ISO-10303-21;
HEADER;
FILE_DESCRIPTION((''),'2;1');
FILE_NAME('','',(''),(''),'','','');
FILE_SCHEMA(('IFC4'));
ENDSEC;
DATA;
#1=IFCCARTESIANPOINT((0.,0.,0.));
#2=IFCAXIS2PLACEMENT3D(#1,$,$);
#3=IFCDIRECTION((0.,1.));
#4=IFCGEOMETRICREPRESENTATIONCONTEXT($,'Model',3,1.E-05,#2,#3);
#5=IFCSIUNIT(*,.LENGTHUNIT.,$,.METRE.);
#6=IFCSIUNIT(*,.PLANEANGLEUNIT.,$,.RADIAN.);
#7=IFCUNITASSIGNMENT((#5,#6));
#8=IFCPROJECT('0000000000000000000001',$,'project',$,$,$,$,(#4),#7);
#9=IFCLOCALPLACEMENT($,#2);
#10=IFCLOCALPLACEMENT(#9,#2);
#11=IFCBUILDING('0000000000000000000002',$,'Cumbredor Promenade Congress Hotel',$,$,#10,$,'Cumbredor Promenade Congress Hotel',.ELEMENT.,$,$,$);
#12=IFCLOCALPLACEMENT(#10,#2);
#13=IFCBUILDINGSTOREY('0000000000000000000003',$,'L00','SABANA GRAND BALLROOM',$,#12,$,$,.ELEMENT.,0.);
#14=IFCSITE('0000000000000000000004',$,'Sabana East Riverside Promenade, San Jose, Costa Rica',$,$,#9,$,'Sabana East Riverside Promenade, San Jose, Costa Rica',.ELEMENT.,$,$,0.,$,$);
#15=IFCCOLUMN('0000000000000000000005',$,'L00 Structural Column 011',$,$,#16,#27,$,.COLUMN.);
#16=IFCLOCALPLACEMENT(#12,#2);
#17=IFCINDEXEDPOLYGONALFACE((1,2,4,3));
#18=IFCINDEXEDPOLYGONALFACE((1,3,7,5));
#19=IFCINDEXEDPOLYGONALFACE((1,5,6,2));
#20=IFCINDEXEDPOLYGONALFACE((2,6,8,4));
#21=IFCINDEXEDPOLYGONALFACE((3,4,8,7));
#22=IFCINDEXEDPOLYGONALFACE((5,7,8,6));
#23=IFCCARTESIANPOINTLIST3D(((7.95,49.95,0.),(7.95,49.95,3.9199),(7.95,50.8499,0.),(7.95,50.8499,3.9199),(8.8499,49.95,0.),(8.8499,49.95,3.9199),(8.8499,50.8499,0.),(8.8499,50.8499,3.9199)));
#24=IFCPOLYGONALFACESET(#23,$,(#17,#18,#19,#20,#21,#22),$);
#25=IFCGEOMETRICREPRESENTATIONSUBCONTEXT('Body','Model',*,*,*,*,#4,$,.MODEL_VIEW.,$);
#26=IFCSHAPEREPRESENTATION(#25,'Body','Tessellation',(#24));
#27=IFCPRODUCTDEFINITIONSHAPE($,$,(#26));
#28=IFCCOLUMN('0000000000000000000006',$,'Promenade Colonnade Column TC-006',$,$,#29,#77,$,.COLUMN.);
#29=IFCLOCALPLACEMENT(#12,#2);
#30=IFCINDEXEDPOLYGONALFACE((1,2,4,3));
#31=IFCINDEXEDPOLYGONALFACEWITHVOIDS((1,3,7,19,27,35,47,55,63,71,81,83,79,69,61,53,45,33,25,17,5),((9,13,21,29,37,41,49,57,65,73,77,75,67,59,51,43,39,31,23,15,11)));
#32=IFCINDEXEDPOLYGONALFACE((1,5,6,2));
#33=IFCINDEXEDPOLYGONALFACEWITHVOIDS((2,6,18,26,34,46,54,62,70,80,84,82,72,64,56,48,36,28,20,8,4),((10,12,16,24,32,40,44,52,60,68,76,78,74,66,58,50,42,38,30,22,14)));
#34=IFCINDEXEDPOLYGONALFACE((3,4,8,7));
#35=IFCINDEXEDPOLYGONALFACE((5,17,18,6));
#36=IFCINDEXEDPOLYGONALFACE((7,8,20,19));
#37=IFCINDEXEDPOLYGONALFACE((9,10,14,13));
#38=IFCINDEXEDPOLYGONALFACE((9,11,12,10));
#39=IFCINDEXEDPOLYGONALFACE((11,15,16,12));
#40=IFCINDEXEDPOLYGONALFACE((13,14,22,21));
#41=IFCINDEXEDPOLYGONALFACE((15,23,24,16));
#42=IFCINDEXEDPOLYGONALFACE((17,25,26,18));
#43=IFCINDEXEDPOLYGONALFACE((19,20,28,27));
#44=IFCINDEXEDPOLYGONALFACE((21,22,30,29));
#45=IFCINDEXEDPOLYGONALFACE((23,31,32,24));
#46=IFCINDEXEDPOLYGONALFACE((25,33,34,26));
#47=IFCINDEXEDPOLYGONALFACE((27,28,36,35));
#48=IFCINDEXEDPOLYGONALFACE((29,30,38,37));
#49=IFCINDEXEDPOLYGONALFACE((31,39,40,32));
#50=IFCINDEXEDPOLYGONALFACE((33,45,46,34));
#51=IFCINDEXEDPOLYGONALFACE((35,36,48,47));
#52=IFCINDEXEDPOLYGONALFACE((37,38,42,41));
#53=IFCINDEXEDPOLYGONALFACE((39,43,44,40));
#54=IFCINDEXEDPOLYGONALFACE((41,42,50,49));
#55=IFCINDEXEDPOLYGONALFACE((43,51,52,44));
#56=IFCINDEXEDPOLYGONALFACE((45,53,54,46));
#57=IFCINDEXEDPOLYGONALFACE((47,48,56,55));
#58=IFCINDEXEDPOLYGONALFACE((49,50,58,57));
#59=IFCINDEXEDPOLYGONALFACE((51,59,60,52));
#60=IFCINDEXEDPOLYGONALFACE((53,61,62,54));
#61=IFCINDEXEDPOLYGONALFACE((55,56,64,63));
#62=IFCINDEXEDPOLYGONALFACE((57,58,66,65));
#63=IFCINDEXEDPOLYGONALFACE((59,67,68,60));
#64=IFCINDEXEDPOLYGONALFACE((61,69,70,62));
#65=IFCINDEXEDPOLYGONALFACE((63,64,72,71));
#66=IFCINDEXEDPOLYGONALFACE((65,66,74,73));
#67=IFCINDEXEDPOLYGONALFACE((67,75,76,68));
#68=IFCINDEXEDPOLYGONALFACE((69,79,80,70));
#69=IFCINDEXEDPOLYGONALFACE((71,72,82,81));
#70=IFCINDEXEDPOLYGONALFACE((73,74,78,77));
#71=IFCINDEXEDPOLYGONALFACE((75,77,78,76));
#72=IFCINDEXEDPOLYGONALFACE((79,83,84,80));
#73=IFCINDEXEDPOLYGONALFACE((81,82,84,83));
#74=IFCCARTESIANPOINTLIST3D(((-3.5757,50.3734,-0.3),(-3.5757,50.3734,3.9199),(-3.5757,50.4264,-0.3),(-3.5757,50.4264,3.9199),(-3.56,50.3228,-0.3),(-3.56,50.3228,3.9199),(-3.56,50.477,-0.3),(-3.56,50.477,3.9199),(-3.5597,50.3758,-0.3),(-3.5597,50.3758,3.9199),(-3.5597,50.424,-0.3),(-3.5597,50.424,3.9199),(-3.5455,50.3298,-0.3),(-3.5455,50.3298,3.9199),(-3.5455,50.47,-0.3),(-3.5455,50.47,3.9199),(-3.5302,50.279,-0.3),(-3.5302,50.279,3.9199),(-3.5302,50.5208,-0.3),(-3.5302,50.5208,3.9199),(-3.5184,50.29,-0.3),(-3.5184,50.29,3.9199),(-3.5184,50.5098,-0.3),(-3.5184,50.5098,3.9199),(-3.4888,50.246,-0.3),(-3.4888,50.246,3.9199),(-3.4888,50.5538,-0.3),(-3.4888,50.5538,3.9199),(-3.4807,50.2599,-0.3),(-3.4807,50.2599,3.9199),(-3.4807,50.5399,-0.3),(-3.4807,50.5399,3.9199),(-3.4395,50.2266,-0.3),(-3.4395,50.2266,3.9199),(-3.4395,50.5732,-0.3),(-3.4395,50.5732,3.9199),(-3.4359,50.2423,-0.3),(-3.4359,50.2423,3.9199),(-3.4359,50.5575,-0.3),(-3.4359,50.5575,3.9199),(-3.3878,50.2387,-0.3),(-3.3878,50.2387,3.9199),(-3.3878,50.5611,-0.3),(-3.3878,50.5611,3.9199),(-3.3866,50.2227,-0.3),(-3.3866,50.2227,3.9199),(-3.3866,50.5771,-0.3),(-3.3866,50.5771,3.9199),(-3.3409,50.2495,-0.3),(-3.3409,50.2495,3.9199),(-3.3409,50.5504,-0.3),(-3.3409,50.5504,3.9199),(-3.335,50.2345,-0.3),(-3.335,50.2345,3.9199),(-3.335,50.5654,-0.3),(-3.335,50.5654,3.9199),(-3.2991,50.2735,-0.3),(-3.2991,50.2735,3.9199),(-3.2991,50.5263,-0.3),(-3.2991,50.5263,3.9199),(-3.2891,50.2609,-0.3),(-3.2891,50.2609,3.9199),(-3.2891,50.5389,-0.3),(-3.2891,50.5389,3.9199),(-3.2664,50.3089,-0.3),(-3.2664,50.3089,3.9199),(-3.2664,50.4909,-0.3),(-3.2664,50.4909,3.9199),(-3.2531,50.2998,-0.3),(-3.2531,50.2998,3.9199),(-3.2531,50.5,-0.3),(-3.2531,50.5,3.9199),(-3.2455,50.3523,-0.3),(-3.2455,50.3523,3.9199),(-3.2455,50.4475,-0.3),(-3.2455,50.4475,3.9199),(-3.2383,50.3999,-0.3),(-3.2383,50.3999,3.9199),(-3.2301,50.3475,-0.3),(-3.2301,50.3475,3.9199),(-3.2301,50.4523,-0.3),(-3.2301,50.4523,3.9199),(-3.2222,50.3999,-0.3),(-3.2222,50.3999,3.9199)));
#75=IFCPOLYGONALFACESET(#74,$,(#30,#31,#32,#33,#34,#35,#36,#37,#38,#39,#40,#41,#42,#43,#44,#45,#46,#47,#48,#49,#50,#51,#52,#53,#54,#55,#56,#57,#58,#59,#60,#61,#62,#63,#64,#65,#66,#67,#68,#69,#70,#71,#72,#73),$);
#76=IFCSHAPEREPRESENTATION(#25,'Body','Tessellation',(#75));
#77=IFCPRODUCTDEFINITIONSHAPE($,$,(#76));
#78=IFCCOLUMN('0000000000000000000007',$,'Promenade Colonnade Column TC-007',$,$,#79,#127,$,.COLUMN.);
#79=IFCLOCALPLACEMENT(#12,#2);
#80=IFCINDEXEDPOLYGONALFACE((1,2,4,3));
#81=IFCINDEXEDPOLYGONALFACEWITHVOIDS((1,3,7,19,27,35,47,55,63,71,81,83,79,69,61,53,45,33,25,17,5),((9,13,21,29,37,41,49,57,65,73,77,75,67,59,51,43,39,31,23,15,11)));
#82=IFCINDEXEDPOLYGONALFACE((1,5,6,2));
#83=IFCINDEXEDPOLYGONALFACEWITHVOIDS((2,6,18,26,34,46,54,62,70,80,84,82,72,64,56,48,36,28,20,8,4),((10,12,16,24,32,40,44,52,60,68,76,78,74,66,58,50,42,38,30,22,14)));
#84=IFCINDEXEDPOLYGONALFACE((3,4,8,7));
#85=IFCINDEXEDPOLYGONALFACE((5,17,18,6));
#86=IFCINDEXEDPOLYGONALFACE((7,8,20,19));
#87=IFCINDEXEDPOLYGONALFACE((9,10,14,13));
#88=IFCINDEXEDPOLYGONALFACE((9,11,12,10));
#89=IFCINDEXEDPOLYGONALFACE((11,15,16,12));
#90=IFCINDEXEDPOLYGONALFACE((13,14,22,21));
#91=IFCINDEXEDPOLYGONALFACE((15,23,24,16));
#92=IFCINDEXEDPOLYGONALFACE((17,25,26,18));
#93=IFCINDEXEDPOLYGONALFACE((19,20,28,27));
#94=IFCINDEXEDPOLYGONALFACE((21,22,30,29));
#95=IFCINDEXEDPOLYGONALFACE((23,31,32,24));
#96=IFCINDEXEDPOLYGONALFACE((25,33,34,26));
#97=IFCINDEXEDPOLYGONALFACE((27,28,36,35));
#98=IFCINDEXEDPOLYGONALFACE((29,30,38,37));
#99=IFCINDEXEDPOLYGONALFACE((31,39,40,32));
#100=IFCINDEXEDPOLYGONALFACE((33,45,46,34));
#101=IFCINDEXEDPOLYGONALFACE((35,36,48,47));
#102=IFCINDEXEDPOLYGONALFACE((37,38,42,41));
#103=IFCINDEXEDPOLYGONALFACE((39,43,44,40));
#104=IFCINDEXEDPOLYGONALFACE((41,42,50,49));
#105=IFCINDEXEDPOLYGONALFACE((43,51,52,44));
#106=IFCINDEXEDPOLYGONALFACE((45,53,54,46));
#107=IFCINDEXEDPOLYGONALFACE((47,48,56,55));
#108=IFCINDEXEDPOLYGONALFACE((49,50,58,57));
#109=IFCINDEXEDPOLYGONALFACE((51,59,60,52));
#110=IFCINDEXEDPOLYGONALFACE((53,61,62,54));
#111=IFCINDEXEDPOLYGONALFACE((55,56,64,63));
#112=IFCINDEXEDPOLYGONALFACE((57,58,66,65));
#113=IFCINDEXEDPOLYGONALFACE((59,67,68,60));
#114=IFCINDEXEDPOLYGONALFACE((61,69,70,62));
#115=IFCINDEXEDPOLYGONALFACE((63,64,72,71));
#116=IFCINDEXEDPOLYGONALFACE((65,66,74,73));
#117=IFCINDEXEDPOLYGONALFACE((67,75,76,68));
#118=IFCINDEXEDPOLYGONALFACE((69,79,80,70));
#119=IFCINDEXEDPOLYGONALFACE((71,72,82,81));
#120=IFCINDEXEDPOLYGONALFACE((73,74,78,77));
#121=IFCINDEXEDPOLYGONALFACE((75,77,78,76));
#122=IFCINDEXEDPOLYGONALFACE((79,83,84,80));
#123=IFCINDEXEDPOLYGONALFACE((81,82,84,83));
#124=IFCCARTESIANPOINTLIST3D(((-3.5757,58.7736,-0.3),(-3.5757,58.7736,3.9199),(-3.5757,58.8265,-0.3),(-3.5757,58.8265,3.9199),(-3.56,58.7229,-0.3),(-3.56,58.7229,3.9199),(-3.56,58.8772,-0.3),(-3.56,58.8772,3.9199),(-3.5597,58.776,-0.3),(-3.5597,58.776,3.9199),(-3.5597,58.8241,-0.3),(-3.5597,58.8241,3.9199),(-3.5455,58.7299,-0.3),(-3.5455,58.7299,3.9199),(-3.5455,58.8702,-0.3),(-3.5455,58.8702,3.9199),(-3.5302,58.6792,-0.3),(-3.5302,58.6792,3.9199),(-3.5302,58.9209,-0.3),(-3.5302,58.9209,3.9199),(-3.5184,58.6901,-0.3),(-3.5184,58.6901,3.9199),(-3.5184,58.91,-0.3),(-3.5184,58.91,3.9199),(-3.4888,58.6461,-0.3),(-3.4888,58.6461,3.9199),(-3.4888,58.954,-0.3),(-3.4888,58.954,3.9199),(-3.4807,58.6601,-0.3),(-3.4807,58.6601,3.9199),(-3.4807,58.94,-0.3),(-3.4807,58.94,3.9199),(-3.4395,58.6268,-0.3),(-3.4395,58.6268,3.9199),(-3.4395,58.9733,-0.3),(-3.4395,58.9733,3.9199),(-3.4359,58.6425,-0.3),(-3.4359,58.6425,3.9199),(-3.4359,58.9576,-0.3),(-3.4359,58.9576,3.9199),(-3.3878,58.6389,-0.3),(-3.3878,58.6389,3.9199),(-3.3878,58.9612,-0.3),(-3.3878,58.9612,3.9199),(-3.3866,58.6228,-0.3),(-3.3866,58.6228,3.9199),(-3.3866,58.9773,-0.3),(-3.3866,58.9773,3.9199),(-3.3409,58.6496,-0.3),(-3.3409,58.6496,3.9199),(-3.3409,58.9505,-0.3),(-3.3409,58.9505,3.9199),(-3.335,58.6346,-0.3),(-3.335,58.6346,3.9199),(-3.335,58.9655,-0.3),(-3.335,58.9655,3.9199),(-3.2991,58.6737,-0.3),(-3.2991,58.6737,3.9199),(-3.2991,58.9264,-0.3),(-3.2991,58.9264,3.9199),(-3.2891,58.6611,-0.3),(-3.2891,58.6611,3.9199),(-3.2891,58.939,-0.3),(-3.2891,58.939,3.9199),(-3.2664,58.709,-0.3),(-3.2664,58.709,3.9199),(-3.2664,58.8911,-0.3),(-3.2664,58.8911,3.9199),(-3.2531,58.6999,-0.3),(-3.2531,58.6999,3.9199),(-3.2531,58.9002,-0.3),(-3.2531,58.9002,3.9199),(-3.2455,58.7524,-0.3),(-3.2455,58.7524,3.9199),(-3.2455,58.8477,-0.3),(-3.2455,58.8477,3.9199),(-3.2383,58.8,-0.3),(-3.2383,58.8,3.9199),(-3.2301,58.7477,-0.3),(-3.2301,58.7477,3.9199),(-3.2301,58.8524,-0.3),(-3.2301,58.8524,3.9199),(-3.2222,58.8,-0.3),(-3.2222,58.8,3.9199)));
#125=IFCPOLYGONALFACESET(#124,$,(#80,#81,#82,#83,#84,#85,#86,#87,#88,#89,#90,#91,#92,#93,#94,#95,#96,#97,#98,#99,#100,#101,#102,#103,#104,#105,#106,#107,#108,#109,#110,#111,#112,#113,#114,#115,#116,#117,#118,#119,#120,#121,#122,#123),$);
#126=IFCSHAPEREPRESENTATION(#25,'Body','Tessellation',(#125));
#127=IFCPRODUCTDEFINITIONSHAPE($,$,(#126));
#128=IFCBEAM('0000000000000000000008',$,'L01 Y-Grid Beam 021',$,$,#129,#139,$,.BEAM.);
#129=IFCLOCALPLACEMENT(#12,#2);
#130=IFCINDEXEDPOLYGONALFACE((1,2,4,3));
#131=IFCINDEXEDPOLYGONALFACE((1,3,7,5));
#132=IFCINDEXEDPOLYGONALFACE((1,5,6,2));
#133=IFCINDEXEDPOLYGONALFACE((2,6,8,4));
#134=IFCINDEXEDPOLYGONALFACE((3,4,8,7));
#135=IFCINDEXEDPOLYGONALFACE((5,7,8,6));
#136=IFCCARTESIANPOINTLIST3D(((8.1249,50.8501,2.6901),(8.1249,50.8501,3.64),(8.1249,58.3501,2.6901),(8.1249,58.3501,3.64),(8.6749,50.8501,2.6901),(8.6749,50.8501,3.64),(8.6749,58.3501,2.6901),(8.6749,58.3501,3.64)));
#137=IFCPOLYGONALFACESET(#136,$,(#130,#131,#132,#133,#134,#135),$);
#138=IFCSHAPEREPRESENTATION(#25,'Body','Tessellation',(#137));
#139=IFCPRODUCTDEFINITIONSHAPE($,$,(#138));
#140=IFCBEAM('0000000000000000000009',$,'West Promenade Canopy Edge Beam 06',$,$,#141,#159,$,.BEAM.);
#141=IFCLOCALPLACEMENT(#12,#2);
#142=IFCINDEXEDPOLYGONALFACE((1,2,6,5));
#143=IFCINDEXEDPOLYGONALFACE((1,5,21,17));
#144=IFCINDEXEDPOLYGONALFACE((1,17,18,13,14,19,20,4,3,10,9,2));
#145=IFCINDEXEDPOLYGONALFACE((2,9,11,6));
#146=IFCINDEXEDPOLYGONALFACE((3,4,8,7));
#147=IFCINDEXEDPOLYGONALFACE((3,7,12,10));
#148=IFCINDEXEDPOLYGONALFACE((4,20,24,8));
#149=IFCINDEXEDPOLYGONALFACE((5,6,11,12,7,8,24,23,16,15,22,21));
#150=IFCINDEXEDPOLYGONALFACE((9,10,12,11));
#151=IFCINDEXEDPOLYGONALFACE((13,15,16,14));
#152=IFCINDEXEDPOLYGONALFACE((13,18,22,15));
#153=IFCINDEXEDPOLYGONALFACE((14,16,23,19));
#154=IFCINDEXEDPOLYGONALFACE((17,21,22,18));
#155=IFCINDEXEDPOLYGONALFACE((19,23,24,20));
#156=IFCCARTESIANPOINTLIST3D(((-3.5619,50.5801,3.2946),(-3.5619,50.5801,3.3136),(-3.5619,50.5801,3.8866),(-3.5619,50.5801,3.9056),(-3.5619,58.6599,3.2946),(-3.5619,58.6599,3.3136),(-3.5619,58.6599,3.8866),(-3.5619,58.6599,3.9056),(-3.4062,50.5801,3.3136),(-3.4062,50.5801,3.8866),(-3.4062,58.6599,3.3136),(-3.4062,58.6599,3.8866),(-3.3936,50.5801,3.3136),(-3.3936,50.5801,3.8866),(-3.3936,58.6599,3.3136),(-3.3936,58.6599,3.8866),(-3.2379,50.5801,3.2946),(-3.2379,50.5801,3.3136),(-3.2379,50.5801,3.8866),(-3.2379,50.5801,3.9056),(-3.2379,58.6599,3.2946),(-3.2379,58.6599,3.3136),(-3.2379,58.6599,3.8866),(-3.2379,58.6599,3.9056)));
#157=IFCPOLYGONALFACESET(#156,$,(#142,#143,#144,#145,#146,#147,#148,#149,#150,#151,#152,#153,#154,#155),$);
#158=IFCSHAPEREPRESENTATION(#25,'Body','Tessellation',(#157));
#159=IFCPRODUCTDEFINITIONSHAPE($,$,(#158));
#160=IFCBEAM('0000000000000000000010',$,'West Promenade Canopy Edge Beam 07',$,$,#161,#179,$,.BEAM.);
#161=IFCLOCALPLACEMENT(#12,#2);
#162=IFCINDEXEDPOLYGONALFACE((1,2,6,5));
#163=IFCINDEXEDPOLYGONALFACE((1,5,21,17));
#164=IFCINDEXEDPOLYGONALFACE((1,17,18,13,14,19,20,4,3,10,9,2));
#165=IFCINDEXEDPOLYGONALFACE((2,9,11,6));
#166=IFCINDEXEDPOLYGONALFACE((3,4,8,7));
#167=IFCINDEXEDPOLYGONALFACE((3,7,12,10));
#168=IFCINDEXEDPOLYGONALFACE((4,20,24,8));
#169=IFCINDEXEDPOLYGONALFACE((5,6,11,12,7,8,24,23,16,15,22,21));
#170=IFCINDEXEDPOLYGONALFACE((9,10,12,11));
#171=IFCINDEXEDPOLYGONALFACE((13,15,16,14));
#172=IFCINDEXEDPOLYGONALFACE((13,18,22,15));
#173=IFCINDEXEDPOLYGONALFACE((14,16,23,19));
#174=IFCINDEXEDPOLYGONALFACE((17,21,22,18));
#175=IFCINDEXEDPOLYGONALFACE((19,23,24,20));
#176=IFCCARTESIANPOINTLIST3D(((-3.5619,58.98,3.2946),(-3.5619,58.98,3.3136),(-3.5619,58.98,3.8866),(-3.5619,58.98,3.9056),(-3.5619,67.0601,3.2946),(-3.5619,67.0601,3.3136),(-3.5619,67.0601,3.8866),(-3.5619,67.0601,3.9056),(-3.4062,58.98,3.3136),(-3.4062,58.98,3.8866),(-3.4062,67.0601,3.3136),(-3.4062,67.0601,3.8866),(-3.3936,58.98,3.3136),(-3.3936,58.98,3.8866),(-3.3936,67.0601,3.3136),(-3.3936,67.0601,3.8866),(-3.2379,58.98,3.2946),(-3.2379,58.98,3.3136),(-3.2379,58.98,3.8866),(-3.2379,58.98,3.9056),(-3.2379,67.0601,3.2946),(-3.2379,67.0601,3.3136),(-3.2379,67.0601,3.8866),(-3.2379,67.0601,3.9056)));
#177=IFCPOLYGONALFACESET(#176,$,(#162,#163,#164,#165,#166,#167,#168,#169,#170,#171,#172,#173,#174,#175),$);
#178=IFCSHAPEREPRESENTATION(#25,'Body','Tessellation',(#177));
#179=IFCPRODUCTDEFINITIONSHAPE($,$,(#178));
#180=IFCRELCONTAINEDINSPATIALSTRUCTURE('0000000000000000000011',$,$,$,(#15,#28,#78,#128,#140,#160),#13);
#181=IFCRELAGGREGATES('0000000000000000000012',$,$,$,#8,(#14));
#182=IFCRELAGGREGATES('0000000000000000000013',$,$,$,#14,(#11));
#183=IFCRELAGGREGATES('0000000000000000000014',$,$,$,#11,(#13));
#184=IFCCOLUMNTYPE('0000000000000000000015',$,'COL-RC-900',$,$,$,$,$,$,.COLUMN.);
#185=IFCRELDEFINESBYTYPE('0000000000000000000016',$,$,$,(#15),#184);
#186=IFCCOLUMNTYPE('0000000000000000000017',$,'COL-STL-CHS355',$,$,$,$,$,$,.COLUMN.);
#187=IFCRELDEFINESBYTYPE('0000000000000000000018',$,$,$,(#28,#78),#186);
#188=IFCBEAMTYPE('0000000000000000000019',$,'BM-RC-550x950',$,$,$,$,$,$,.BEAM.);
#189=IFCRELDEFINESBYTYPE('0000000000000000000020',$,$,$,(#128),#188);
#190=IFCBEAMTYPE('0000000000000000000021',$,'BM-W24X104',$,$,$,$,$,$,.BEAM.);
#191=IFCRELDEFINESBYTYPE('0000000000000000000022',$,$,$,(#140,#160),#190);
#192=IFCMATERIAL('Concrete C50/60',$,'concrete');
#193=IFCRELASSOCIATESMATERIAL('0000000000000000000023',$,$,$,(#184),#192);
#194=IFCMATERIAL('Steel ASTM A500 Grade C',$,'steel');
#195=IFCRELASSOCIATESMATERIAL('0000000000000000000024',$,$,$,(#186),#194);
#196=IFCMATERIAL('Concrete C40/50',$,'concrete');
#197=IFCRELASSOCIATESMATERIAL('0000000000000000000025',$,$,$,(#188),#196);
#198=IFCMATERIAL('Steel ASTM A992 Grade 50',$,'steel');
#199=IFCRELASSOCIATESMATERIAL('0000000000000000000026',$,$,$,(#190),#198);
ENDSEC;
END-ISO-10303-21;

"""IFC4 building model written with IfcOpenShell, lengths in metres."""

from ifc_helpers import new_model, si_unit, direction, frame, origin, origin_2d, place, context, subcontext, project, spatial, rectangle, hollow_circle, i_section, extrude, material, material_profile, profile_set, type_object, element, save


model = new_model("IFC4")

# Units and contexts
model_context = context("Model", 3, precision=1e-05, world=origin(), true_north=direction((0.0, 1.0)))
body_context = subcontext(model_context, "Body", "Model", "MODEL_VIEW")
ifc_project = project(units=[si_unit("LENGTHUNIT", "METRE"), si_unit("PLANEANGLEUNIT", "RADIAN")], contexts=[model_context])

# Site, building, storey
site_placement = place(None, origin())
site = spatial("IfcSite", under=ifc_project, at=site_placement, Name="Sabana East Riverside Promenade, San Jose, Costa Rica", LongName="Sabana East Riverside Promenade, San Jose, Costa Rica", CompositionType="ELEMENT", RefElevation=0.0)
building_placement = place(site_placement, origin())
building = spatial("IfcBuilding", under=site, at=building_placement, Name="Cumbredor Promenade Congress Hotel", LongName="Cumbredor Promenade Congress Hotel", CompositionType="ELEMENT")
storey_placement = place(building_placement, origin())
storey = spatial("IfcBuildingStorey", under=building, at=storey_placement, Name="L00", Description="SABANA GRAND BALLROOM", CompositionType="ELEMENT", Elevation=0.0)

# Columns
ifc_material_1 = material(Name="Concrete C50/60", Category="concrete")
ifc_material_profile_1 = material_profile(ifc_material_1, rectangle(XDim=0.8999, YDim=0.8999, at=origin_2d()), Name="RC 900x900")
ifc_profile_set_1 = profile_set([ifc_material_profile_1], Name="Concrete C50/60")
column_type_1 = type_object("IfcColumnType", Name="COL-RC-900", PredefinedType="COLUMN", material=ifc_profile_set_1)
column_placement = place(storey_placement, frame((8.3999, 50.3999, 0.0), z_axis=(0.0, 0.0, 1.0), x_axis=(1.0, 0.0, 0.0)))
element("IfcColumn", 1, at=column_placement, inside=storey, type_object=column_type_1, Name="L00 Structural Column 011", PredefinedType="COLUMN", context=body_context, shape_type="SweptSolid", body=[
    extrude(rectangle(XDim=0.8999, YDim=0.8999, at=origin_2d()), origin(), (0.0, 0.0, 1.0), 3.9199),
])
ifc_material_2 = material(Name="Steel ASTM A500 Grade C", Category="steel")
ifc_material_profile_2 = material_profile(ifc_material_2, hollow_circle(Radius=0.1777, WallThickness=0.0161, at=origin_2d()), Name="CHS 355.6x16")
ifc_profile_set_2 = profile_set([ifc_material_profile_2], Name="Steel ASTM A500 Grade C")
column_type_2 = type_object("IfcColumnType", Name="COL-STL-CHS355", PredefinedType="COLUMN", material=ifc_profile_set_2)
for number, where, z_axis, x_axis, name in (
    (2, (-3.3999, 50.3999, -0.3), (0.0, 0.0, 1.0), (1.0, 0.0, 0.0), "Promenade Colonnade Column TC-006"),
    (3, (-3.3999, 58.8, -0.3), (0.0, 0.0, 1.0), (1.0, 0.0, 0.0), "Promenade Colonnade Column TC-007"),
):
    element("IfcColumn", number, at=place(storey_placement, frame(where, z_axis=z_axis, x_axis=x_axis)), inside=storey, type_object=column_type_2, Name=name, PredefinedType="COLUMN", context=body_context, shape_type="SweptSolid", body=[
        extrude(hollow_circle(Radius=0.1777, WallThickness=0.0161, at=origin_2d()), origin(), (0.0, 0.0, 1.0), 4.22),
    ])

# Beams
ifc_material_3 = material(Name="Concrete C40/50", Category="concrete")
ifc_material_profile_3 = material_profile(ifc_material_3, rectangle(XDim=0.55, YDim=0.95, at=origin_2d()), Name="RC BEAM 550x950")
ifc_profile_set_3 = profile_set([ifc_material_profile_3], Name="Concrete C40/50")
beam_type_1 = type_object("IfcBeamType", Name="BM-RC-550x950", PredefinedType="BEAM", material=ifc_profile_set_3)
beam_1_placement = place(storey_placement, frame((8.3999, 50.8501, 3.165), z_axis=(0.0, 1.0, 0.0), x_axis=(-1.0, 0.0, 0.0)))
element("IfcBeam", 4, at=beam_1_placement, inside=storey, type_object=beam_type_1, Name="L01 Y-Grid Beam 021", PredefinedType="BEAM", context=body_context, shape_type="SweptSolid", body=[
    extrude(rectangle(XDim=0.55, YDim=0.95, at=origin_2d()), origin(), (0.0, 0.0, 1.0), 7.5),
])
ifc_material_4 = material(Name="Steel ASTM A992 Grade 50", Category="steel")
ifc_material_profile_4 = material_profile(ifc_material_4, i_section(OverallWidth=0.324, OverallDepth=0.6111, WebThickness=0.0127, FlangeThickness=0.019, at=origin_2d()), Name="W24X104")
ifc_profile_set_4 = profile_set([ifc_material_profile_4], Name="Steel ASTM A992 Grade 50")
beam_type_2 = type_object("IfcBeamType", Name="BM-W24X104", PredefinedType="BEAM", material=ifc_profile_set_4)
beam_2_placement = place(storey_placement, frame((-3.3999, 50.5801, 3.6001), z_axis=(0.0, 1.0, 0.0), x_axis=(-1.0, 0.0, 0.0)))
element("IfcBeam", 5, at=beam_2_placement, inside=storey, type_object=beam_type_2, Name="West Promenade Canopy Edge Beam 06", PredefinedType="BEAM", context=body_context, shape_type="SweptSolid", body=[
    extrude(i_section(OverallWidth=0.324, OverallDepth=0.6111, WebThickness=0.0127, FlangeThickness=0.019, at=origin_2d()), origin(), (0.0, 0.0, 1.0), 8.0798),
])
beam_3_placement = place(storey_placement, frame((-3.3999, 58.98, 3.6001), z_axis=(0.0, 1.0, 0.0), x_axis=(-1.0, 0.0, 0.0)))
element("IfcBeam", 6, at=beam_3_placement, inside=storey, type_object=beam_type_2, Name="West Promenade Canopy Edge Beam 07", PredefinedType="BEAM", context=body_context, shape_type="SweptSolid", body=[
    extrude(i_section(OverallWidth=0.324, OverallDepth=0.6111, WebThickness=0.0127, FlangeThickness=0.019, at=origin_2d()), origin(), (0.0, 0.0, 1.0), 8.0801),
])

save(model, "model.ifc")
